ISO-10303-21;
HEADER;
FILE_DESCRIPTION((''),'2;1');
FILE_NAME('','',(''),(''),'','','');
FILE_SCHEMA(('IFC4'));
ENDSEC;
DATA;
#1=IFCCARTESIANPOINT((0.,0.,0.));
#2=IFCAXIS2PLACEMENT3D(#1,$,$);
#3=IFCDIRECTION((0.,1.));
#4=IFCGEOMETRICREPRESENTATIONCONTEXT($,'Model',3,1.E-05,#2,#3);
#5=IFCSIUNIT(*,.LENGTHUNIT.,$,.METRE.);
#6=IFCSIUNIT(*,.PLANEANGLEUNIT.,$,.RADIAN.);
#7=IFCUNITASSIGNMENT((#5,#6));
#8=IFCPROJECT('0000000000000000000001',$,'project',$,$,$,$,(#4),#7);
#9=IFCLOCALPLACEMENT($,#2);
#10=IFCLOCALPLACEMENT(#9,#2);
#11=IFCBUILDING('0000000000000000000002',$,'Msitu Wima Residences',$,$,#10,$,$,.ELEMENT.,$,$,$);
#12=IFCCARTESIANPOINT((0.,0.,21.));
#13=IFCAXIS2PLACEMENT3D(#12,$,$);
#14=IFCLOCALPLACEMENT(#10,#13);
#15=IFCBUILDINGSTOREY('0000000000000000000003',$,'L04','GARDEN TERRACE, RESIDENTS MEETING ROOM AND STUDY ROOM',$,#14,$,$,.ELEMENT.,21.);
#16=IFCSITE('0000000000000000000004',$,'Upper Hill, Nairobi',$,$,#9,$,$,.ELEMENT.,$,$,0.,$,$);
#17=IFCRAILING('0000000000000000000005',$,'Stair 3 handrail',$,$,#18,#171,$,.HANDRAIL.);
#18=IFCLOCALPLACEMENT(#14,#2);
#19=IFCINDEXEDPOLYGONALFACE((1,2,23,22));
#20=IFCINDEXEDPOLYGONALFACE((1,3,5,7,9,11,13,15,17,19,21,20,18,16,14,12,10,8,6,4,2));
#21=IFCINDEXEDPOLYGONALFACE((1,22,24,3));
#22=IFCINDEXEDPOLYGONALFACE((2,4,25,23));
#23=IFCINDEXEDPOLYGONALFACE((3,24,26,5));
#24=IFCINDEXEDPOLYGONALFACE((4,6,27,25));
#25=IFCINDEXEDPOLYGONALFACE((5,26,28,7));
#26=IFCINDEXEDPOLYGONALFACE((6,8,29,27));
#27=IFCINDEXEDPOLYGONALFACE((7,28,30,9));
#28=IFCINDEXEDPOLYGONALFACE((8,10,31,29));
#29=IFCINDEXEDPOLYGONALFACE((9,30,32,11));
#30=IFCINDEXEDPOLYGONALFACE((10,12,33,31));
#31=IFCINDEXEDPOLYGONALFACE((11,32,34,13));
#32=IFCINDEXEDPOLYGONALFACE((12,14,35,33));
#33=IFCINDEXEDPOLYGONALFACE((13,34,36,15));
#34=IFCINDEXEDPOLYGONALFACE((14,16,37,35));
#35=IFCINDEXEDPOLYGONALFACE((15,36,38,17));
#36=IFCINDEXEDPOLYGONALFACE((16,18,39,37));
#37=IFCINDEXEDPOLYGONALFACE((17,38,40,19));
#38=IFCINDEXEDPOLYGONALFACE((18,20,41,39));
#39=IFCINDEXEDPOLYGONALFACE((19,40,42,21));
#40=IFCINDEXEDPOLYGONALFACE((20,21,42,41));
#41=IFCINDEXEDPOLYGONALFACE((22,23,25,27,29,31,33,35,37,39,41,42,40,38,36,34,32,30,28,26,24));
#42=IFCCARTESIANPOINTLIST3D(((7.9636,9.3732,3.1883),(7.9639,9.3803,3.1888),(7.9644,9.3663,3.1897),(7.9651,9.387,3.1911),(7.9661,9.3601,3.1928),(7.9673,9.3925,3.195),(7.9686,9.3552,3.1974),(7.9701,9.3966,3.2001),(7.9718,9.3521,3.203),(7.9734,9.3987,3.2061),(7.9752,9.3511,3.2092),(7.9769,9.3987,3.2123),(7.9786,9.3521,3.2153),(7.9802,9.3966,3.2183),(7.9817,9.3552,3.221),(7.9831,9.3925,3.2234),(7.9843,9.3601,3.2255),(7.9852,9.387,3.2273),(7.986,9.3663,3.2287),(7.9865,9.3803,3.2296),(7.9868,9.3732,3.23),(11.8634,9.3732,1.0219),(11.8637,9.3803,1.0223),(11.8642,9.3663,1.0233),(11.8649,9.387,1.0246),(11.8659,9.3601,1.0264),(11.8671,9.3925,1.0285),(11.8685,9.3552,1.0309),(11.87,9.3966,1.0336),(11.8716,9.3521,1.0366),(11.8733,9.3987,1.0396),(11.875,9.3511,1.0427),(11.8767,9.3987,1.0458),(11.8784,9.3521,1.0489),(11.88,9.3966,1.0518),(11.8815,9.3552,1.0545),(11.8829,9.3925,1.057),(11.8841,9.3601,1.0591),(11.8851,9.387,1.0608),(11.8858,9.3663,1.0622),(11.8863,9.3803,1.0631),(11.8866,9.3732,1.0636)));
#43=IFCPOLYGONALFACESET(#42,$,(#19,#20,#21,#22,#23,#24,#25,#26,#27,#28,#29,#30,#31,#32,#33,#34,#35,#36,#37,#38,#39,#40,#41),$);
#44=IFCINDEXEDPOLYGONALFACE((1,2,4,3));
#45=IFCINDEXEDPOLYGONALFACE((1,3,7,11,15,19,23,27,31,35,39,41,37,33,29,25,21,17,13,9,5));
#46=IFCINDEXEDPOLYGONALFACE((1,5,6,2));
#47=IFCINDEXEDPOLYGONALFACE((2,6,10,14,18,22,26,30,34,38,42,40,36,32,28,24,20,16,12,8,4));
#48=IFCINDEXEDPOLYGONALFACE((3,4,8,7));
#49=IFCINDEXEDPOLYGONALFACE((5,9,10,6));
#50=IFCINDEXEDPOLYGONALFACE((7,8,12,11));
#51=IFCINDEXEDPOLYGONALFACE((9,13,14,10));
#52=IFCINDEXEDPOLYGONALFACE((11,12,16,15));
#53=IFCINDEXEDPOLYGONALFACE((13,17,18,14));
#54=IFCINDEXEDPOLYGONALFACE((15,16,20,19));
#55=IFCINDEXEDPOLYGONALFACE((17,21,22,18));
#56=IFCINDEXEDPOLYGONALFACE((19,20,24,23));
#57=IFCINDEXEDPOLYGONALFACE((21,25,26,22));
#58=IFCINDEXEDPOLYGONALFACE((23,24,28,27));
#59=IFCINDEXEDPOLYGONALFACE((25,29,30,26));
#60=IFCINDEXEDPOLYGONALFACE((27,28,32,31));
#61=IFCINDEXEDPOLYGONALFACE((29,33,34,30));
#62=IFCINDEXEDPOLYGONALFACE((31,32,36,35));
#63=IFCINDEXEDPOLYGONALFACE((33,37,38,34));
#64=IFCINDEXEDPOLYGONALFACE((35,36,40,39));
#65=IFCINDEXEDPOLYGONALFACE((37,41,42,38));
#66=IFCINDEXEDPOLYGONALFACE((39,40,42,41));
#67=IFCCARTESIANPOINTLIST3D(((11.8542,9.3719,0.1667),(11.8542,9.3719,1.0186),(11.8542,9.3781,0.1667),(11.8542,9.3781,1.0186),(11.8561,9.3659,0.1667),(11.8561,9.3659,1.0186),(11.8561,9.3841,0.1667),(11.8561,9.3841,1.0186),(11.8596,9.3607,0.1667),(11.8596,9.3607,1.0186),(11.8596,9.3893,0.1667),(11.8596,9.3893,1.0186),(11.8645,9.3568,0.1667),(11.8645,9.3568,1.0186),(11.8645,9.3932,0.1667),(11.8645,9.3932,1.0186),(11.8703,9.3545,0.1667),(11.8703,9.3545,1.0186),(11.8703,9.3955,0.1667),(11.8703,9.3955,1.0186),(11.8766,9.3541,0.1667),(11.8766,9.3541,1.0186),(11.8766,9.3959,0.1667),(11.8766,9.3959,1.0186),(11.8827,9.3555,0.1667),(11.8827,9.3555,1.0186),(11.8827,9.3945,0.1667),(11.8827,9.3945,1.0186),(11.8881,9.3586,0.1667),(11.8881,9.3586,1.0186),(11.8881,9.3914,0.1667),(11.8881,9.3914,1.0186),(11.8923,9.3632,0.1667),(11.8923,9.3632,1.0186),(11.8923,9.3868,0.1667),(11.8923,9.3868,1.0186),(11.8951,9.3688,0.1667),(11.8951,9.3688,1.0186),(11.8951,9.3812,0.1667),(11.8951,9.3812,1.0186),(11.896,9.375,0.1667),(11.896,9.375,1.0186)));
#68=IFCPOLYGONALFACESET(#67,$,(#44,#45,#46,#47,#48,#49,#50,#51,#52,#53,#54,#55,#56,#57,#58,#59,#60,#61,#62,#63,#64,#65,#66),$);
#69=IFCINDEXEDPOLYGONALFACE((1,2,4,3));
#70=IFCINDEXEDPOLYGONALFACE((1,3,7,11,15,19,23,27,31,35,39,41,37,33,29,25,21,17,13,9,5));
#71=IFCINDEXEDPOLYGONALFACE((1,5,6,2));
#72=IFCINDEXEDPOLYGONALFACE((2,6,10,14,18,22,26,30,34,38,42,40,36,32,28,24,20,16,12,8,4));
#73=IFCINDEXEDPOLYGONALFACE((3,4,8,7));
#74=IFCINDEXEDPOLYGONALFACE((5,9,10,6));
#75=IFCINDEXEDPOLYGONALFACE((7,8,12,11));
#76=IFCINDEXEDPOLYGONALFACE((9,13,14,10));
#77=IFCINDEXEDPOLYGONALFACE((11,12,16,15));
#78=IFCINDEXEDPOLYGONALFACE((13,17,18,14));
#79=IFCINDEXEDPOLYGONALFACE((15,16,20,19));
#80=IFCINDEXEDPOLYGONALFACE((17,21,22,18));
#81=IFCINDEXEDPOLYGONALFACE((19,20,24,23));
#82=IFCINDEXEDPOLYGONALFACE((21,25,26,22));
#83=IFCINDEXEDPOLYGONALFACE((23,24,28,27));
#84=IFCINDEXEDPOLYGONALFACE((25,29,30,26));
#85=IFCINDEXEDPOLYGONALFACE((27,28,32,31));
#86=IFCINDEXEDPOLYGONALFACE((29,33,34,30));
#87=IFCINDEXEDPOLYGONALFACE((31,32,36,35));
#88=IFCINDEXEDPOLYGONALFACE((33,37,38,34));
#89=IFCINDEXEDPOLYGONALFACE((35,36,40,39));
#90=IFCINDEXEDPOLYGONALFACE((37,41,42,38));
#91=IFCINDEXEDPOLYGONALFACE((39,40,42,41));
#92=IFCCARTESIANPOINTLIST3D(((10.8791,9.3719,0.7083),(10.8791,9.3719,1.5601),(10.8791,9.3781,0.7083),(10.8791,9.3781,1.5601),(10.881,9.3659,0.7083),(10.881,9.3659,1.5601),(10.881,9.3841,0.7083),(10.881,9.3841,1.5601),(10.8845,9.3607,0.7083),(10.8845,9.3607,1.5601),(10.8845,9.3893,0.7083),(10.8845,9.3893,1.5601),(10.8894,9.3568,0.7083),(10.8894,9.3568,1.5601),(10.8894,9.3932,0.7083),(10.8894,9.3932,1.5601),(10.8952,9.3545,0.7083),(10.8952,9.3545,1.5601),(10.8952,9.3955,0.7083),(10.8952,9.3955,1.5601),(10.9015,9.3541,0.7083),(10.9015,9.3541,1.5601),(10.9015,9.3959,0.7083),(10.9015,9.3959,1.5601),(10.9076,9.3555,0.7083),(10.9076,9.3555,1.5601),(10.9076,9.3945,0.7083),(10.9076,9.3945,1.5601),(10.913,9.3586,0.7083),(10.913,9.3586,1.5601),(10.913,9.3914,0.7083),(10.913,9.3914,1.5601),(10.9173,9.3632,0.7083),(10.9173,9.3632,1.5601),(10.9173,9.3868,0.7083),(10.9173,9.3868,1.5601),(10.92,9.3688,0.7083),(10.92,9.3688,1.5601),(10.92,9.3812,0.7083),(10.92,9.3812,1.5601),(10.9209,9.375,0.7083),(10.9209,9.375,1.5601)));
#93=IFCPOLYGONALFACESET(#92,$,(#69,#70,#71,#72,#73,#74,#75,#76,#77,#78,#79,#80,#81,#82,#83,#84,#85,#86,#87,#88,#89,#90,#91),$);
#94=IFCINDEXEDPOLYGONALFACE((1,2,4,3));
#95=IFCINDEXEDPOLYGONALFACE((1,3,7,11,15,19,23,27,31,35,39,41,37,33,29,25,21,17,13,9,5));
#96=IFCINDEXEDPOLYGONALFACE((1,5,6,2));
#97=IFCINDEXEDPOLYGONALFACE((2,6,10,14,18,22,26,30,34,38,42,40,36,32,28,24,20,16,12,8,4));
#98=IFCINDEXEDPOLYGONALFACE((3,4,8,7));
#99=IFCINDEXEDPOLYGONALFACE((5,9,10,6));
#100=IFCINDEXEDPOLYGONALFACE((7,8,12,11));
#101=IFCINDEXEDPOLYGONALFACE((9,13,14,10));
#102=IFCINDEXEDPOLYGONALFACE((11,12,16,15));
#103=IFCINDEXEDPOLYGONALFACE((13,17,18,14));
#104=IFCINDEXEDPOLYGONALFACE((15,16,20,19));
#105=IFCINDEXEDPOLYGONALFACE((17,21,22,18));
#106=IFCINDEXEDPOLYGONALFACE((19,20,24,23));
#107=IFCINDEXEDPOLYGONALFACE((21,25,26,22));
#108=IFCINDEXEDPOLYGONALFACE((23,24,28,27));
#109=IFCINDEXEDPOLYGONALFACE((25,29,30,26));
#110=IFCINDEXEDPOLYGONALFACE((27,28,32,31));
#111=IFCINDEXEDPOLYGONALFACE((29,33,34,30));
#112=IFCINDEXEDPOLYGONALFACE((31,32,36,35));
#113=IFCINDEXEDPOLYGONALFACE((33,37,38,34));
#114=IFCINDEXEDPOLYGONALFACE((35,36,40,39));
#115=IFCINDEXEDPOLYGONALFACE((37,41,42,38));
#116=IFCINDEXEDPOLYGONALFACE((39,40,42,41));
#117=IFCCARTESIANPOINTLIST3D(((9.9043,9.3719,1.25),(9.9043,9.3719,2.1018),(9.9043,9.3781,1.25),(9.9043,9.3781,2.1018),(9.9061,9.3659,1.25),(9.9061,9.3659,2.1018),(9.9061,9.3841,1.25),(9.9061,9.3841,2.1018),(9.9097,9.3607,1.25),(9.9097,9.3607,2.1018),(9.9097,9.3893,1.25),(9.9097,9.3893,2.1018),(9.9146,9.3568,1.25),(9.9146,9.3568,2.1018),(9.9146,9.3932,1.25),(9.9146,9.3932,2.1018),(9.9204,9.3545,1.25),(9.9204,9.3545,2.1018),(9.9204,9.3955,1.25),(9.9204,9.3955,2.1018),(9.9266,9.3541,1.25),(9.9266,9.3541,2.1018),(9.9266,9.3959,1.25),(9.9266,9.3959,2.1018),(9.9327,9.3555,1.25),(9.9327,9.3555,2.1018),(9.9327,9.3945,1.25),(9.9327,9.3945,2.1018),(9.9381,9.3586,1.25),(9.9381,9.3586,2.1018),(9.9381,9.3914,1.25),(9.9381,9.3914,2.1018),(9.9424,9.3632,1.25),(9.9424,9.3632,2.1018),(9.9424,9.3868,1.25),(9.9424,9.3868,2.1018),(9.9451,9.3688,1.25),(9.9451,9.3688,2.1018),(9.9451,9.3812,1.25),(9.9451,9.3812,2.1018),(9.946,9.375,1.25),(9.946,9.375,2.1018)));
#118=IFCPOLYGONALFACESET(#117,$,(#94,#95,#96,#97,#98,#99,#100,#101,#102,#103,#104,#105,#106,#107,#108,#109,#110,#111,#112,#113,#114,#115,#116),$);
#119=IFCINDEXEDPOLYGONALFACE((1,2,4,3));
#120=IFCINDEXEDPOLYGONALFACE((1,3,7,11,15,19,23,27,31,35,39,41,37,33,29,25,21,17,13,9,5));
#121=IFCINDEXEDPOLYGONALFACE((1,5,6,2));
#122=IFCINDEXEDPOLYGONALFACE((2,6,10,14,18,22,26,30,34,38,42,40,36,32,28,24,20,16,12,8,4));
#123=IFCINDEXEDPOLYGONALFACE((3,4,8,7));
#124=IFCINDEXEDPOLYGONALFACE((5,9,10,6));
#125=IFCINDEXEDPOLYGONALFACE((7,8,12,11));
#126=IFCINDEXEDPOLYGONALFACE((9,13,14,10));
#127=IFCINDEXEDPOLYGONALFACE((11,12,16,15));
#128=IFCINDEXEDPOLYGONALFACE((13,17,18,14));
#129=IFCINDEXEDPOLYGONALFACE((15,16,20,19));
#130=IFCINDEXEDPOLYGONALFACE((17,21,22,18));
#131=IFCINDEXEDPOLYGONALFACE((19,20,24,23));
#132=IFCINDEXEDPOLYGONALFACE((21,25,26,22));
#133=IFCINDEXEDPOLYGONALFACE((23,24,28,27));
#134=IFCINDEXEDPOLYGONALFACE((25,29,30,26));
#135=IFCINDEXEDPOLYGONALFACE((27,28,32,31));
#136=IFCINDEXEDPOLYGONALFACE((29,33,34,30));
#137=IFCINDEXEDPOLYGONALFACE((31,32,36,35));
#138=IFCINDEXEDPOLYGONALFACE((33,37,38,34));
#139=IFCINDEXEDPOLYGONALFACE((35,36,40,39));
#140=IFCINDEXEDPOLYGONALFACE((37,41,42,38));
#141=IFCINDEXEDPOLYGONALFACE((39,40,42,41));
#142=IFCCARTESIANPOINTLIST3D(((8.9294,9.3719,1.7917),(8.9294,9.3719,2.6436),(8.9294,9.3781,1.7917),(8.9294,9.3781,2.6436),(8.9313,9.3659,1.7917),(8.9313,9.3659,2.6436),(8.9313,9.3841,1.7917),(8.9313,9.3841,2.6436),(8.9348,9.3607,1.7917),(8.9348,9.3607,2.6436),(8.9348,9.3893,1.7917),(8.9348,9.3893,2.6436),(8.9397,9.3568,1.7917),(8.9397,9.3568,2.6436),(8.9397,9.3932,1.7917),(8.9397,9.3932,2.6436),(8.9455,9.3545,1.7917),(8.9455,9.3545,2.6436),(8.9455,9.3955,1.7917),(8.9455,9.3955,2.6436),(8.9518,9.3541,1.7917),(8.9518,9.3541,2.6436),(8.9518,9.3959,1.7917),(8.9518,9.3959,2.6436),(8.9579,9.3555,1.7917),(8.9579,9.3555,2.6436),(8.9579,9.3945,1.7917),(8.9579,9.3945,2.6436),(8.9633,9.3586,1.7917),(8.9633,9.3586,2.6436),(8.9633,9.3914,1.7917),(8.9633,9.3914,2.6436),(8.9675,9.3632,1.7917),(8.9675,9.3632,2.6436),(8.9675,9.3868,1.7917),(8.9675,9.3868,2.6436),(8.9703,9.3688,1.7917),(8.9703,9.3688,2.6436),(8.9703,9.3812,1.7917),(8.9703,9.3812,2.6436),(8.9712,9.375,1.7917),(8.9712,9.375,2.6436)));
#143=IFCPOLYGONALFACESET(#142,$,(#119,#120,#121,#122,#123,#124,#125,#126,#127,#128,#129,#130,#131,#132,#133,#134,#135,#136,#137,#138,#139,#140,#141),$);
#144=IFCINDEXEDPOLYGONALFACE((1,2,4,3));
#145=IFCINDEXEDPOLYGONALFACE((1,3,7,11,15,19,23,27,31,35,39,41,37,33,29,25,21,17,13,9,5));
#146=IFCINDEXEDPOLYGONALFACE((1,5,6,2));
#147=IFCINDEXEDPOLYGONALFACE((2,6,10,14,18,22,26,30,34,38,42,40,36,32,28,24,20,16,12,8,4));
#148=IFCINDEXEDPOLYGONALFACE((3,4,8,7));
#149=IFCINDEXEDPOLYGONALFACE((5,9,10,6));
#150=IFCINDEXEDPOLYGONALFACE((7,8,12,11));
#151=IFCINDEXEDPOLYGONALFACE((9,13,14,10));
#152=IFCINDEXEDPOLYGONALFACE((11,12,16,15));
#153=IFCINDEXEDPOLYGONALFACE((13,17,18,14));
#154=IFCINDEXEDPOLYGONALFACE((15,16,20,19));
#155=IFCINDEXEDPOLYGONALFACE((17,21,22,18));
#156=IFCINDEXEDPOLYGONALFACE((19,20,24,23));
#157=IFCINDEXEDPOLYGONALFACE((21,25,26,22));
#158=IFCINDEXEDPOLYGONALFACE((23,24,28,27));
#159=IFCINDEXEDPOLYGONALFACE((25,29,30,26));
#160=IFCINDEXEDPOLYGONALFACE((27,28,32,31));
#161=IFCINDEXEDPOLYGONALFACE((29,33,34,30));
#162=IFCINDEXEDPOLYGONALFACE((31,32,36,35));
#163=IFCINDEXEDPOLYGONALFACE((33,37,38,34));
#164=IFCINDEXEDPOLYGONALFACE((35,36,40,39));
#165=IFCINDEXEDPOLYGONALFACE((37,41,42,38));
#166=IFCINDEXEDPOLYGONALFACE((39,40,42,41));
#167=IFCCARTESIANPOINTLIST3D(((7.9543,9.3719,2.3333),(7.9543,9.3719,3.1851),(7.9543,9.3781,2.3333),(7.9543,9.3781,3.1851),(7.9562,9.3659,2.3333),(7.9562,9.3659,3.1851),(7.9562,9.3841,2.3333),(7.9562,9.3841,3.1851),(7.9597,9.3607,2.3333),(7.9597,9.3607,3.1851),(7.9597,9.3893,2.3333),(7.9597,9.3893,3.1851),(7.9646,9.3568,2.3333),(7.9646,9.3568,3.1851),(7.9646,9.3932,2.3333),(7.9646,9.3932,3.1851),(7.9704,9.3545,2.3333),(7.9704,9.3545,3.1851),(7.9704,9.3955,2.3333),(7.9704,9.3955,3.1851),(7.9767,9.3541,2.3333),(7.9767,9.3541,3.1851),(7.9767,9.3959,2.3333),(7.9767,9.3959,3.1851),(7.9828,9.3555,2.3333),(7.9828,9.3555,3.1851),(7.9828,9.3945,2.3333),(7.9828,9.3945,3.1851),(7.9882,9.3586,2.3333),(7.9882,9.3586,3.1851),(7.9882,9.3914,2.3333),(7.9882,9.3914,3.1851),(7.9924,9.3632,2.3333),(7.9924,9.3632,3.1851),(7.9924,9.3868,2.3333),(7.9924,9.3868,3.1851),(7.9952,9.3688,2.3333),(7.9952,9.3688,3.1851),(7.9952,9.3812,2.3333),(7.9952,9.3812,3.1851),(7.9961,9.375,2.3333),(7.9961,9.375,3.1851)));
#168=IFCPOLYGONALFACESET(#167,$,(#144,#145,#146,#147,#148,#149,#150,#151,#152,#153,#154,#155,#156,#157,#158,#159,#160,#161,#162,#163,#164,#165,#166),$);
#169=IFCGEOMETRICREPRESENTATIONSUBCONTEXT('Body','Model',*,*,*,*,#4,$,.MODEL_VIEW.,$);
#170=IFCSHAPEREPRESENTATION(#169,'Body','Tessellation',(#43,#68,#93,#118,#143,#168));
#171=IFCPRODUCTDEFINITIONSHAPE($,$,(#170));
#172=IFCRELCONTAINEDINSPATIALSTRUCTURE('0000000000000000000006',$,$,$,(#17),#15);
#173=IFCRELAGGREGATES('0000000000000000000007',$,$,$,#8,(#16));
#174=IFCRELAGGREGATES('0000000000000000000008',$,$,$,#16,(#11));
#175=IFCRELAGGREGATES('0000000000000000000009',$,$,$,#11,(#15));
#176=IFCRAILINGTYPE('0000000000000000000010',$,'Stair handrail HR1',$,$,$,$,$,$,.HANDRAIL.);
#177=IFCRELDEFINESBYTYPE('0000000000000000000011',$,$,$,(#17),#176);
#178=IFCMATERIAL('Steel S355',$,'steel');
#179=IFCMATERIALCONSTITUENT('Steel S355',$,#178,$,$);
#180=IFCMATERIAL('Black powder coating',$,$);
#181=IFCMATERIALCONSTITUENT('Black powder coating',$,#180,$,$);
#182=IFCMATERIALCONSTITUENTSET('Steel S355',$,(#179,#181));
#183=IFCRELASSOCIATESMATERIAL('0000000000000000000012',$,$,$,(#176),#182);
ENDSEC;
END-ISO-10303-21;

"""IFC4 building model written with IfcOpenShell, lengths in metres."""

from ifc_helpers import new_model, si_unit, direction, frame, origin, origin_2d, place, context, subcontext, project, spatial, circle, extrude, material, constituent, constituent_set, type_object, element, save


model = new_model("IFC4")

# Units and contexts
model_context = context("Model", 3, precision=1e-05, world=origin(), true_north=direction((0.0, 1.0)))
body_context = subcontext(model_context, "Body", "Model", "MODEL_VIEW")
ifc_project = project(units=[si_unit("LENGTHUNIT", "METRE"), si_unit("PLANEANGLEUNIT", "RADIAN")], contexts=[model_context])

# Site, building, storey
site_placement = place(None, origin())
site = spatial("IfcSite", under=ifc_project, at=site_placement, Name="Upper Hill, Nairobi", CompositionType="ELEMENT", RefElevation=0.0)
building_placement = place(site_placement, origin())
building = spatial("IfcBuilding", under=site, at=building_placement, Name="Msitu Wima Residences", CompositionType="ELEMENT")
storey_placement = place(building_placement, frame((0.0, 0.0, 21.0)))
storey = spatial("IfcBuildingStorey", under=building, at=storey_placement, Name="L04", Description="GARDEN TERRACE, RESIDENTS MEETING ROOM AND STUDY ROOM", CompositionType="ELEMENT", Elevation=21.0)

# Railing
ifc_material_1 = material(Name="Steel S355", Category="steel")
ifc_constituent_1 = constituent(ifc_material_1, Name="Steel S355")
ifc_material_2 = material(Name="Black powder coating")
ifc_constituent_2 = constituent(ifc_material_2, Name="Black powder coating")
ifc_constituent_set_1 = constituent_set(constituents=[ifc_constituent_1, ifc_constituent_2], Name="Steel S355")
railing_type_1 = type_object("IfcRailingType", Name="Stair handrail HR1", PredefinedType="HANDRAIL", material=ifc_constituent_set_1)
for number, where, name in (
    (1, (11.875, 9.375, 0.1667), "Stair 3 handrail"),
):
    element("IfcRailing", number, at=place(storey_placement, frame(where)), inside=storey, type_object=railing_type_1, Name=name, PredefinedType="HANDRAIL", context=body_context, shape_type="SweptSolid", body=[
        extrude(circle(Radius=0.0239, at=origin_2d()), frame((0.0, 0.0, 0.876), z_axis=(-0.874168, 0.0, 0.485624), x_axis=(0.0, -1.0, 0.0)), (0.0, 0.0, 1.0), 4.4612),
        extrude(circle(Radius=0.021, at=origin_2d()), origin(), (0.0, 0.0, 1.0), 0.8518),
        extrude(circle(Radius=0.021, at=origin_2d()), frame((-0.9751, 0.0, 0.5415)), (0.0, 0.0, 1.0), 0.8518),
        extrude(circle(Radius=0.021, at=origin_2d()), frame((-1.95, 0.0, 1.0833)), (0.0, 0.0, 1.0), 0.8518),
        extrude(circle(Radius=0.021, at=origin_2d()), frame((-2.9248, 0.0, 1.625)), (0.0, 0.0, 1.0), 0.8518),
        extrude(circle(Radius=0.021, at=origin_2d()), frame((-3.8999, 0.0, 2.1665)), (0.0, 0.0, 1.0), 0.8518),
    ])

save(model, "model.ifc")
